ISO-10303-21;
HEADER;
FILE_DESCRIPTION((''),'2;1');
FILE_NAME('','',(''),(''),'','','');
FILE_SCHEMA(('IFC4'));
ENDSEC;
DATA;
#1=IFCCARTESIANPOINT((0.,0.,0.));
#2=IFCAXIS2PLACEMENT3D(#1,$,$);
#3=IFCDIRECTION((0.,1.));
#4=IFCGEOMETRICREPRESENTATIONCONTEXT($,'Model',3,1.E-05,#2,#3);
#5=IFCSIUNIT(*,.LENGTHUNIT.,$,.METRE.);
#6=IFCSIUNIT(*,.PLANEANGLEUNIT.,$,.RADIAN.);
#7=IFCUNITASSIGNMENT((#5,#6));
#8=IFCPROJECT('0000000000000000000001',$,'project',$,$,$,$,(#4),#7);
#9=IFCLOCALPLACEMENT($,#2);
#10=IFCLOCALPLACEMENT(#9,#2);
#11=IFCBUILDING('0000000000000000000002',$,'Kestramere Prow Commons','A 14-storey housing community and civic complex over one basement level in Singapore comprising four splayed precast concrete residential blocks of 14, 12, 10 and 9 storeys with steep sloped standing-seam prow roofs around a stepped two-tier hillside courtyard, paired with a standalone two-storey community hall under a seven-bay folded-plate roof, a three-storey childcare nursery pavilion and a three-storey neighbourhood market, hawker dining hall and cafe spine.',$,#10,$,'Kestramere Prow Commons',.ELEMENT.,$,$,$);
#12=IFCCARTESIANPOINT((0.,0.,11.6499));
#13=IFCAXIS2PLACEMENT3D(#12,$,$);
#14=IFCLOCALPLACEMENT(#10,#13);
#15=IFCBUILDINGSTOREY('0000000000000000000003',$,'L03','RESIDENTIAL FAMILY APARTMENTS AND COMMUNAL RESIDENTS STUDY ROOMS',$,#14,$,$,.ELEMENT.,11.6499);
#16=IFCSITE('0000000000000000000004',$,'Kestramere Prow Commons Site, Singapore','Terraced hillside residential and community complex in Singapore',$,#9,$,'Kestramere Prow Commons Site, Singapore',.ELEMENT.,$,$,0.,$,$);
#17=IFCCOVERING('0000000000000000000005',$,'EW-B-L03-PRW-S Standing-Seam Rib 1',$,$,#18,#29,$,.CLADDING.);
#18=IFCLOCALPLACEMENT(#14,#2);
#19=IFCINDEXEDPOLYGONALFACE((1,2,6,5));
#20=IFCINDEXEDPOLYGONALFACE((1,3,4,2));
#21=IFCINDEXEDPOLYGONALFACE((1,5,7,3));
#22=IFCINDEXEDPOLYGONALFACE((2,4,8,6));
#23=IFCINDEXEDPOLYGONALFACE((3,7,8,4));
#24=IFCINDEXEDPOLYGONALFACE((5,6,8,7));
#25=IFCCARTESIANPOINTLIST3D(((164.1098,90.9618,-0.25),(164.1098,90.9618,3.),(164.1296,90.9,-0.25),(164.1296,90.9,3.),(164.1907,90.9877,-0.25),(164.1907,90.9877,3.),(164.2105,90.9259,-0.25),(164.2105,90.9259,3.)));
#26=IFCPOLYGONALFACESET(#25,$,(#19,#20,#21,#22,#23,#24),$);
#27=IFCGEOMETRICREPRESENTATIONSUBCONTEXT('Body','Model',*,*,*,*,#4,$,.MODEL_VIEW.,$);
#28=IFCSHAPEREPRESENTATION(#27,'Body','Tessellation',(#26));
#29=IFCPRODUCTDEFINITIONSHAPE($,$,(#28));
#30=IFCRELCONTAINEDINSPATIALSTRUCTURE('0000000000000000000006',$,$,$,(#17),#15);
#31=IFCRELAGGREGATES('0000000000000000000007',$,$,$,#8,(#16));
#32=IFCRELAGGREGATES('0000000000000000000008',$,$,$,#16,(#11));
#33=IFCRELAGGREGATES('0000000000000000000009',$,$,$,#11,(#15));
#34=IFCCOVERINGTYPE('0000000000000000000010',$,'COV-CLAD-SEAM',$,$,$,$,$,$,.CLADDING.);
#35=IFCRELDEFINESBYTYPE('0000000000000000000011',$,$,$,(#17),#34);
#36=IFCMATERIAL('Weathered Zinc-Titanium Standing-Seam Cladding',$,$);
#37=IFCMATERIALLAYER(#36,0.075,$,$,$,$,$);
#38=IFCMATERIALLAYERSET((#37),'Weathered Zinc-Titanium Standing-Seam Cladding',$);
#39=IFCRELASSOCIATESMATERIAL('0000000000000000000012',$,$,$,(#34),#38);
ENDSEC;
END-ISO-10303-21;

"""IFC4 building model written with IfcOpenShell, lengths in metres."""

from ifc_helpers import new_model, si_unit, direction, frame, origin, origin_2d, place, context, subcontext, project, spatial, rectangle, extrude, material, layer, layer_set, type_object, element, save


model = new_model("IFC4")

# Units and contexts
model_context = context("Model", 3, precision=1e-05, world=origin(), true_north=direction((0.0, 1.0)))
body_context = subcontext(model_context, "Body", "Model", "MODEL_VIEW")
ifc_project = project(units=[si_unit("LENGTHUNIT", "METRE"), si_unit("PLANEANGLEUNIT", "RADIAN")], contexts=[model_context])

# Site, building, storey
site_placement = place(None, origin())
site = spatial("IfcSite", under=ifc_project, at=site_placement, Name="Kestramere Prow Commons Site, Singapore", Description="Terraced hillside residential and community complex in Singapore", LongName="Kestramere Prow Commons Site, Singapore", CompositionType="ELEMENT", RefElevation=0.0)
building_placement = place(site_placement, origin())
building = spatial("IfcBuilding", under=site, at=building_placement, Name="Kestramere Prow Commons", Description="A 14-storey housing community and civic complex over one basement level in Singapore comprising four splayed precast concrete residential blocks of 14, 12, 10 and 9 storeys with steep sloped standing-seam prow roofs around a stepped two-tier hillside courtyard, paired with a standalone two-storey community hall under a seven-bay folded-plate roof, a three-storey childcare nursery pavilion and a three-storey neighbourhood market, hawker dining hall and cafe spine.", LongName="Kestramere Prow Commons", CompositionType="ELEMENT")
storey_placement = place(building_placement, frame((0.0, 0.0, 11.6499)))
storey = spatial("IfcBuildingStorey", under=building, at=storey_placement, Name="L03", Description="RESIDENTIAL FAMILY APARTMENTS AND COMMUNAL RESIDENTS STUDY ROOMS", CompositionType="ELEMENT", Elevation=11.6499)

# Shared definitions
ifc_material_1 = material(Name="Weathered Zinc-Titanium Standing-Seam Cladding")

# Covering
ifc_layer_1 = layer(ifc_material_1, 0.075)
ifc_layer_set_1 = layer_set([ifc_layer_1], Name="Weathered Zinc-Titanium Standing-Seam Cladding")
covering_type = type_object("IfcCoveringType", Name="COV-CLAD-SEAM", PredefinedType="CLADDING", material=ifc_layer_set_1)
for number, where, z_axis, x_axis, name in (
    (1, (164.1602, 90.9438, -0.25), (0.0, 0.0, 1.0), (-0.952283, -0.305215, 0.0), "EW-B-L03-PRW-S Standing-Seam Rib 1"),
):
    element("IfcCovering", number, at=place(storey_placement, frame(where, z_axis=z_axis, x_axis=x_axis)), inside=storey, type_object=covering_type, Name=name, PredefinedType="CLADDING", context=body_context, shape_type="SweptSolid", body=[
        extrude(rectangle(XDim=0.085, YDim=0.0649, at=origin_2d()), origin(), (0.0, 0.0, 1.0), 3.25),
    ])

save(model, "model.ifc")
